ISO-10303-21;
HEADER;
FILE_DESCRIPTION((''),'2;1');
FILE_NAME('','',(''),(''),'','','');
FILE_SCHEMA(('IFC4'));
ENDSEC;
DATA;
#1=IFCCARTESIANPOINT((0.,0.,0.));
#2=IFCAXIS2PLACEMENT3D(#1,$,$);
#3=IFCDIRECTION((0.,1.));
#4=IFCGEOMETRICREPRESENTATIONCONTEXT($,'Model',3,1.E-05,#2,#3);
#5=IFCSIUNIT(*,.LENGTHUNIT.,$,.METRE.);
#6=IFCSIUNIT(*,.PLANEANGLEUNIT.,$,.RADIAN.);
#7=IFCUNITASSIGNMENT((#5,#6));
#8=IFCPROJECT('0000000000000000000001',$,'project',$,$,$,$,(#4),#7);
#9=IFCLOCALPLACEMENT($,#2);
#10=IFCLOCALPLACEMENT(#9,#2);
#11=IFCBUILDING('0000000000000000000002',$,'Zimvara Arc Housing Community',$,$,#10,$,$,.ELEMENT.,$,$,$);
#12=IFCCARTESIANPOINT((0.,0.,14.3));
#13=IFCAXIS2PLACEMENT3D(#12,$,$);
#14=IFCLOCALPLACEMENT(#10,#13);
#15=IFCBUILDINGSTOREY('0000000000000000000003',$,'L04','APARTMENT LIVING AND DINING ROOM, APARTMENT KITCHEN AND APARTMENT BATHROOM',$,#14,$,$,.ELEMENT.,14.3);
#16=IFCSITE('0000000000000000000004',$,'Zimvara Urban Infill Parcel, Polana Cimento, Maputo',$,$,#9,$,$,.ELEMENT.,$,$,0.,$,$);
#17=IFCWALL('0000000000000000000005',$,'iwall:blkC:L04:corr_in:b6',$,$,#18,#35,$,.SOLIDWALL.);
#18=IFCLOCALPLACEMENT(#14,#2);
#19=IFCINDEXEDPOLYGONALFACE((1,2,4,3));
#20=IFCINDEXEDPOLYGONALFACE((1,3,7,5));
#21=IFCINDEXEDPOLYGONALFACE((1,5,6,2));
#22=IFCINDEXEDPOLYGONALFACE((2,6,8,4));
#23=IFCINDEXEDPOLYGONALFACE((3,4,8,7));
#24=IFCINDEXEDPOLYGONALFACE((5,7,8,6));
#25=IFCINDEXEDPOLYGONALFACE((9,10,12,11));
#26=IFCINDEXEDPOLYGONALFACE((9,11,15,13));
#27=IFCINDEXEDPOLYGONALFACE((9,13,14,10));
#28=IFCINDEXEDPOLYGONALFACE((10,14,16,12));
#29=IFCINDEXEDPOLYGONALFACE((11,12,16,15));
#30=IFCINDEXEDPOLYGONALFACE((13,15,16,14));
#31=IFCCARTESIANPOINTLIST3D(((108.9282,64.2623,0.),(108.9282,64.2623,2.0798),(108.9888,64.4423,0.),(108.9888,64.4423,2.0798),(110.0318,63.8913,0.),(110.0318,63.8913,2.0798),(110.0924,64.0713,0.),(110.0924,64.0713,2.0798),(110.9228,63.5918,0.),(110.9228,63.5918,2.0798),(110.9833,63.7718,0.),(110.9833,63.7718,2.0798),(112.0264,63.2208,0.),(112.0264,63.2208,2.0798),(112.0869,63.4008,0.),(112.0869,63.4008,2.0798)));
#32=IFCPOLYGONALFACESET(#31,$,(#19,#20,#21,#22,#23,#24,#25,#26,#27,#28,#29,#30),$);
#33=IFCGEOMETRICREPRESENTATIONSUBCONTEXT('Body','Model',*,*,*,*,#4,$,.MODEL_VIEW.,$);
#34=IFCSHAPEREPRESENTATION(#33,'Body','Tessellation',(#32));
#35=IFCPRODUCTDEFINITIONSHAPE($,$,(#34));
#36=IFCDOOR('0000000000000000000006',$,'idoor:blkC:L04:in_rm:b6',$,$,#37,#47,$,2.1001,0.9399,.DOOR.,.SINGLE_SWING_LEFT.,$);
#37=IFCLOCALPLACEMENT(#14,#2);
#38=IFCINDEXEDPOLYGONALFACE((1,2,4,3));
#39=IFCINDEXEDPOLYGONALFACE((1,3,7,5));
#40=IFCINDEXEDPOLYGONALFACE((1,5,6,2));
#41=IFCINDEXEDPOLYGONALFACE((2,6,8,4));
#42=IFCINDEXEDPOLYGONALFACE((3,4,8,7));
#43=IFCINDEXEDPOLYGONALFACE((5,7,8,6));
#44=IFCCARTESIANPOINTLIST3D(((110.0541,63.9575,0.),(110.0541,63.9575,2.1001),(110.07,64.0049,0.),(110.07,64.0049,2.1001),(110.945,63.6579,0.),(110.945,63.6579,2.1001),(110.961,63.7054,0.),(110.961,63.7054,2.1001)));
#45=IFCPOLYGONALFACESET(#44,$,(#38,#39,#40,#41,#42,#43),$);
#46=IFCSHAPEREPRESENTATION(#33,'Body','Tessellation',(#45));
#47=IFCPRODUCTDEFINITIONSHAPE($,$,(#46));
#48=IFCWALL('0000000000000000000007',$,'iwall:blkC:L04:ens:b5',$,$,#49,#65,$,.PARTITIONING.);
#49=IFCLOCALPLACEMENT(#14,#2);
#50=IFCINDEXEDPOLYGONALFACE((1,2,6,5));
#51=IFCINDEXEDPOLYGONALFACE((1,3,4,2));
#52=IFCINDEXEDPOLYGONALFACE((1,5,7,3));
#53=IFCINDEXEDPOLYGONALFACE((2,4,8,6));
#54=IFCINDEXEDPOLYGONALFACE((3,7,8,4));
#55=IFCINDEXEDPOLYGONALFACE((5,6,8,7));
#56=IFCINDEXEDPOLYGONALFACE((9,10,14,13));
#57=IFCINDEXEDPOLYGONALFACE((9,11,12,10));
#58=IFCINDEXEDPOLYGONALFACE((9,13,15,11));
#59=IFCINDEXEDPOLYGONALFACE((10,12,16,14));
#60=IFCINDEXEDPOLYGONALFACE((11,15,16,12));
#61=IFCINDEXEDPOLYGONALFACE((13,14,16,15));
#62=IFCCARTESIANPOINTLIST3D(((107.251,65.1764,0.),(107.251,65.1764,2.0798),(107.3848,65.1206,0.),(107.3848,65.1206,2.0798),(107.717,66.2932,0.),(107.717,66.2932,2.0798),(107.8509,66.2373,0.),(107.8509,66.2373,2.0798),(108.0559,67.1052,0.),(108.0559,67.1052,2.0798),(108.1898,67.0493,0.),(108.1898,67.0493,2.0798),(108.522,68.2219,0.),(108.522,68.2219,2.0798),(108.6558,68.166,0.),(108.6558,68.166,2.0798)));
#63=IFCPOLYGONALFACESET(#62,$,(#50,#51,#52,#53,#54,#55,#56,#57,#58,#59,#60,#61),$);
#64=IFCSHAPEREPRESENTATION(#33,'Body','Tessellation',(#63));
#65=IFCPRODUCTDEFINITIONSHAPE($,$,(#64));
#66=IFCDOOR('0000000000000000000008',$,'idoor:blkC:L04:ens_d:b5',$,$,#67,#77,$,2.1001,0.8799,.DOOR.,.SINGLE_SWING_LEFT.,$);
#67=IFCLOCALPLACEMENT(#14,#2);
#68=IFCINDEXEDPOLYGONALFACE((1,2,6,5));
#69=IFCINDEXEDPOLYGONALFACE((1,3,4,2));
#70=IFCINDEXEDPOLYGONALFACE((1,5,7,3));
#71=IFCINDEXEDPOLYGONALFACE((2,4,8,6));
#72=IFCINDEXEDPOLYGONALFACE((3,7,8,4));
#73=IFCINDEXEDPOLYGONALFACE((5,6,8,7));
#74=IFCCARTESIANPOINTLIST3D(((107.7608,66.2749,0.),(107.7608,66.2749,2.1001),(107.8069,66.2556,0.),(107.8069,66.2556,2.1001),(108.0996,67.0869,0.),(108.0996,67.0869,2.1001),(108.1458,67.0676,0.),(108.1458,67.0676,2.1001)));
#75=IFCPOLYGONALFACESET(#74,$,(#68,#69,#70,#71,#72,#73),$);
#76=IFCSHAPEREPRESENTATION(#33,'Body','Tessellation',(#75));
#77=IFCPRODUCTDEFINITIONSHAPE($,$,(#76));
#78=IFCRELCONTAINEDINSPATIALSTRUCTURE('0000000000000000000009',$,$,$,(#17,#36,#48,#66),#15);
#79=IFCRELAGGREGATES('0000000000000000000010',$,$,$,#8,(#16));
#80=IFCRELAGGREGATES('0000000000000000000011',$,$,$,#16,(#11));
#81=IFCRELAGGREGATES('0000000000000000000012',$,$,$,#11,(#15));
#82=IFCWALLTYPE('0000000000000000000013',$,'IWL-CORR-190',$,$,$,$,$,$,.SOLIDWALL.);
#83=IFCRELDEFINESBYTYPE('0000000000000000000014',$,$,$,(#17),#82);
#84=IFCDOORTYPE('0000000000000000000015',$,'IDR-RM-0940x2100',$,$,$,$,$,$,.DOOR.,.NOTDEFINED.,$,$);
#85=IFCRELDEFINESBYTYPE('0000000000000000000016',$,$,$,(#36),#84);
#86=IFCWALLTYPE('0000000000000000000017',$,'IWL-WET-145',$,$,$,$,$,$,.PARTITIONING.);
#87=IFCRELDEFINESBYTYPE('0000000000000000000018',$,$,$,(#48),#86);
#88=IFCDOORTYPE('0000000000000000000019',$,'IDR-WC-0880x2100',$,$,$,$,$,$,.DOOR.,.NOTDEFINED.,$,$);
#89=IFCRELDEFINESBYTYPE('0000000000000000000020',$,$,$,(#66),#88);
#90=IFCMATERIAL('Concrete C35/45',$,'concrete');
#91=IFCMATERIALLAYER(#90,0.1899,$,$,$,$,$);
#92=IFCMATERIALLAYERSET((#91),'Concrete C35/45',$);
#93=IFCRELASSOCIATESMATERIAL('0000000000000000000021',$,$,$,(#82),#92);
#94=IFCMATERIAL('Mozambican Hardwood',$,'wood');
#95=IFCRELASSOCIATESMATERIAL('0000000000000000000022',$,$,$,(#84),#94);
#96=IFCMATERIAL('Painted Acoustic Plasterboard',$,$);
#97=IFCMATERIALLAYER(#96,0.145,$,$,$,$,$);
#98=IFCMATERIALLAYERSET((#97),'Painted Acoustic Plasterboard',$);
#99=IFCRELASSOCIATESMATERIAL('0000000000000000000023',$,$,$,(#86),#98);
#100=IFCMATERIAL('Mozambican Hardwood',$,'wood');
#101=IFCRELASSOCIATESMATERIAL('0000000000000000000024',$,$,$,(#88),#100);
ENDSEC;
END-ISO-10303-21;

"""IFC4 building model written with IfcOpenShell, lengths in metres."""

from ifc_helpers import new_model, si_unit, direction, frame, frame_2d, origin, place, context, subcontext, project, spatial, rectangle, extrude, material, layer, layer_set, type_object, element, fill, save


model = new_model("IFC4")

# Units and contexts
model_context = context("Model", 3, precision=1e-05, world=origin(), true_north=direction((0.0, 1.0)))
body_context = subcontext(model_context, "Body", "Model", "MODEL_VIEW")
ifc_project = project(units=[si_unit("LENGTHUNIT", "METRE"), si_unit("PLANEANGLEUNIT", "RADIAN")], contexts=[model_context])

# Site, building, storey
site_placement = place(None, origin())
site = spatial("IfcSite", under=ifc_project, at=site_placement, Name="Zimvara Urban Infill Parcel, Polana Cimento, Maputo", CompositionType="ELEMENT", RefElevation=0.0)
building_placement = place(site_placement, origin())
building = spatial("IfcBuilding", under=site, at=building_placement, Name="Zimvara Arc Housing Community", CompositionType="ELEMENT")
storey_placement = place(building_placement, frame((0.0, 0.0, 14.3)))
storey = spatial("IfcBuildingStorey", under=building, at=storey_placement, Name="L04", Description="APARTMENT LIVING AND DINING ROOM, APARTMENT KITCHEN AND APARTMENT BATHROOM", CompositionType="ELEMENT", Elevation=14.3)

# Walls, openings, doors
ifc_material_1 = material(Name="Concrete C35/45", Category="concrete")
ifc_layer_1 = layer(ifc_material_1, 0.1899)
ifc_layer_set_1 = layer_set([ifc_layer_1], Name="Concrete C35/45")
wall_type_1 = type_object("IfcWallType", Name="IWL-CORR-190", PredefinedType="SOLIDWALL", material=ifc_layer_set_1)
wall_1_placement = place(storey_placement, frame((108.9585, 64.3523, 0.0), z_axis=(0.0, 0.0, 1.0), x_axis=(0.947874, -0.318647, 0.0)))
wall_1 = element("IfcWall", 1, at=wall_1_placement, inside=storey, type_object=wall_type_1, Name="iwall:blkC:L04:corr_in:b6", PredefinedType="SOLIDWALL", context=body_context, shape_type="SweptSolid", body=[
    extrude(rectangle(XDim=3.2686, YDim=0.1899, at=frame_2d((1.6343, 0.0))), origin(), (0.0, 0.0, 1.0), 2.0798),
])
opening_1_placement = place(wall_1_placement, frame((1.1643, 0.0, 0.0)))
opening_1 = element("IfcOpeningElement", 2, at=opening_1_placement, cuts=wall_1, PredefinedType="OPENING", context=body_context, shape_type="SweptSolid", body=[
    extrude(rectangle(XDim=0.9399, YDim=2.1001, at=frame_2d((0.47, 1.05))), frame((0.0, 0.105, 0.0), z_axis=(0.0, -1.0, 0.0), x_axis=(1.0, 0.0, 0.0)), (0.0, 0.0, 1.0), 0.21),
])
ifc_material_2 = material(Name="Mozambican Hardwood", Category="wood")
door_type_1 = type_object("IfcDoorType", Name="IDR-RM-0940x2100", OperationType="NOTDEFINED", PredefinedType="DOOR", material=ifc_material_2)
door_1_placement = place(opening_1_placement, origin())
door_1 = element("IfcDoor", 3, at=door_1_placement, inside=storey, type_object=door_type_1, Name="idoor:blkC:L04:in_rm:b6", OperationType="SINGLE_SWING_LEFT", OverallHeight=2.1001, OverallWidth=0.9399, PredefinedType="DOOR", context=body_context, shape_type="SweptSolid", body=[
    extrude(rectangle(XDim=0.9399, YDim=2.1001, at=frame_2d((0.47, 1.05))), frame((0.0, 0.0249, 0.0), z_axis=(0.0, -1.0, 0.0), x_axis=(1.0, 0.0, 0.0)), (0.0, 0.0, 1.0), 0.05),
])
fill(opening_1, door_1)
ifc_material_3 = material(Name="Painted Acoustic Plasterboard")
ifc_layer_2 = layer(ifc_material_3, 0.145)
ifc_layer_set_2 = layer_set([ifc_layer_2], Name="Painted Acoustic Plasterboard")
wall_type_2 = type_object("IfcWallType", Name="IWL-WET-145", PredefinedType="PARTITIONING", material=ifc_layer_set_2)
wall_2_placement = place(storey_placement, frame((108.5889, 68.1938, 0.0), z_axis=(0.0, 0.0, 1.0), x_axis=(-0.385151, -0.922854, 0.0)))
wall_2 = element("IfcWall", 4, at=wall_2_placement, inside=storey, type_object=wall_type_2, Name="iwall:blkC:L04:ens:b5", PredefinedType="PARTITIONING", context=body_context, shape_type="SweptSolid", body=[
    extrude(rectangle(XDim=3.3, YDim=0.145, at=frame_2d((1.6499, 0.0))), origin(), (0.0, 0.0, 1.0), 2.0798),
])
opening_2_placement = place(wall_2_placement, frame((1.21, 0.0, 0.0)))
opening_2 = element("IfcOpeningElement", 5, at=opening_2_placement, cuts=wall_2, PredefinedType="OPENING", context=body_context, shape_type="SweptSolid", body=[
    extrude(rectangle(XDim=0.8799, YDim=2.1001, at=frame_2d((0.4399, 1.05))), frame((0.0, 0.0825, 0.0), z_axis=(0.0, -1.0, 0.0), x_axis=(1.0, 0.0, 0.0)), (0.0, 0.0, 1.0), 0.165),
])
ifc_material_4 = material(Name="Mozambican Hardwood", Category="wood")
door_type_2 = type_object("IfcDoorType", Name="IDR-WC-0880x2100", OperationType="NOTDEFINED", PredefinedType="DOOR", material=ifc_material_4)
door_2_placement = place(opening_2_placement, origin())
door_2 = element("IfcDoor", 6, at=door_2_placement, inside=storey, type_object=door_type_2, Name="idoor:blkC:L04:ens_d:b5", OperationType="SINGLE_SWING_LEFT", OverallHeight=2.1001, OverallWidth=0.8799, PredefinedType="DOOR", context=body_context, shape_type="SweptSolid", body=[
    extrude(rectangle(XDim=0.8799, YDim=2.1001, at=frame_2d((0.4399, 1.05))), frame((0.0, 0.0249, 0.0), z_axis=(0.0, -1.0, 0.0), x_axis=(1.0, 0.0, 0.0)), (0.0, 0.0, 1.0), 0.05),
])
fill(opening_2, door_2)

save(model, "model.ifc")
